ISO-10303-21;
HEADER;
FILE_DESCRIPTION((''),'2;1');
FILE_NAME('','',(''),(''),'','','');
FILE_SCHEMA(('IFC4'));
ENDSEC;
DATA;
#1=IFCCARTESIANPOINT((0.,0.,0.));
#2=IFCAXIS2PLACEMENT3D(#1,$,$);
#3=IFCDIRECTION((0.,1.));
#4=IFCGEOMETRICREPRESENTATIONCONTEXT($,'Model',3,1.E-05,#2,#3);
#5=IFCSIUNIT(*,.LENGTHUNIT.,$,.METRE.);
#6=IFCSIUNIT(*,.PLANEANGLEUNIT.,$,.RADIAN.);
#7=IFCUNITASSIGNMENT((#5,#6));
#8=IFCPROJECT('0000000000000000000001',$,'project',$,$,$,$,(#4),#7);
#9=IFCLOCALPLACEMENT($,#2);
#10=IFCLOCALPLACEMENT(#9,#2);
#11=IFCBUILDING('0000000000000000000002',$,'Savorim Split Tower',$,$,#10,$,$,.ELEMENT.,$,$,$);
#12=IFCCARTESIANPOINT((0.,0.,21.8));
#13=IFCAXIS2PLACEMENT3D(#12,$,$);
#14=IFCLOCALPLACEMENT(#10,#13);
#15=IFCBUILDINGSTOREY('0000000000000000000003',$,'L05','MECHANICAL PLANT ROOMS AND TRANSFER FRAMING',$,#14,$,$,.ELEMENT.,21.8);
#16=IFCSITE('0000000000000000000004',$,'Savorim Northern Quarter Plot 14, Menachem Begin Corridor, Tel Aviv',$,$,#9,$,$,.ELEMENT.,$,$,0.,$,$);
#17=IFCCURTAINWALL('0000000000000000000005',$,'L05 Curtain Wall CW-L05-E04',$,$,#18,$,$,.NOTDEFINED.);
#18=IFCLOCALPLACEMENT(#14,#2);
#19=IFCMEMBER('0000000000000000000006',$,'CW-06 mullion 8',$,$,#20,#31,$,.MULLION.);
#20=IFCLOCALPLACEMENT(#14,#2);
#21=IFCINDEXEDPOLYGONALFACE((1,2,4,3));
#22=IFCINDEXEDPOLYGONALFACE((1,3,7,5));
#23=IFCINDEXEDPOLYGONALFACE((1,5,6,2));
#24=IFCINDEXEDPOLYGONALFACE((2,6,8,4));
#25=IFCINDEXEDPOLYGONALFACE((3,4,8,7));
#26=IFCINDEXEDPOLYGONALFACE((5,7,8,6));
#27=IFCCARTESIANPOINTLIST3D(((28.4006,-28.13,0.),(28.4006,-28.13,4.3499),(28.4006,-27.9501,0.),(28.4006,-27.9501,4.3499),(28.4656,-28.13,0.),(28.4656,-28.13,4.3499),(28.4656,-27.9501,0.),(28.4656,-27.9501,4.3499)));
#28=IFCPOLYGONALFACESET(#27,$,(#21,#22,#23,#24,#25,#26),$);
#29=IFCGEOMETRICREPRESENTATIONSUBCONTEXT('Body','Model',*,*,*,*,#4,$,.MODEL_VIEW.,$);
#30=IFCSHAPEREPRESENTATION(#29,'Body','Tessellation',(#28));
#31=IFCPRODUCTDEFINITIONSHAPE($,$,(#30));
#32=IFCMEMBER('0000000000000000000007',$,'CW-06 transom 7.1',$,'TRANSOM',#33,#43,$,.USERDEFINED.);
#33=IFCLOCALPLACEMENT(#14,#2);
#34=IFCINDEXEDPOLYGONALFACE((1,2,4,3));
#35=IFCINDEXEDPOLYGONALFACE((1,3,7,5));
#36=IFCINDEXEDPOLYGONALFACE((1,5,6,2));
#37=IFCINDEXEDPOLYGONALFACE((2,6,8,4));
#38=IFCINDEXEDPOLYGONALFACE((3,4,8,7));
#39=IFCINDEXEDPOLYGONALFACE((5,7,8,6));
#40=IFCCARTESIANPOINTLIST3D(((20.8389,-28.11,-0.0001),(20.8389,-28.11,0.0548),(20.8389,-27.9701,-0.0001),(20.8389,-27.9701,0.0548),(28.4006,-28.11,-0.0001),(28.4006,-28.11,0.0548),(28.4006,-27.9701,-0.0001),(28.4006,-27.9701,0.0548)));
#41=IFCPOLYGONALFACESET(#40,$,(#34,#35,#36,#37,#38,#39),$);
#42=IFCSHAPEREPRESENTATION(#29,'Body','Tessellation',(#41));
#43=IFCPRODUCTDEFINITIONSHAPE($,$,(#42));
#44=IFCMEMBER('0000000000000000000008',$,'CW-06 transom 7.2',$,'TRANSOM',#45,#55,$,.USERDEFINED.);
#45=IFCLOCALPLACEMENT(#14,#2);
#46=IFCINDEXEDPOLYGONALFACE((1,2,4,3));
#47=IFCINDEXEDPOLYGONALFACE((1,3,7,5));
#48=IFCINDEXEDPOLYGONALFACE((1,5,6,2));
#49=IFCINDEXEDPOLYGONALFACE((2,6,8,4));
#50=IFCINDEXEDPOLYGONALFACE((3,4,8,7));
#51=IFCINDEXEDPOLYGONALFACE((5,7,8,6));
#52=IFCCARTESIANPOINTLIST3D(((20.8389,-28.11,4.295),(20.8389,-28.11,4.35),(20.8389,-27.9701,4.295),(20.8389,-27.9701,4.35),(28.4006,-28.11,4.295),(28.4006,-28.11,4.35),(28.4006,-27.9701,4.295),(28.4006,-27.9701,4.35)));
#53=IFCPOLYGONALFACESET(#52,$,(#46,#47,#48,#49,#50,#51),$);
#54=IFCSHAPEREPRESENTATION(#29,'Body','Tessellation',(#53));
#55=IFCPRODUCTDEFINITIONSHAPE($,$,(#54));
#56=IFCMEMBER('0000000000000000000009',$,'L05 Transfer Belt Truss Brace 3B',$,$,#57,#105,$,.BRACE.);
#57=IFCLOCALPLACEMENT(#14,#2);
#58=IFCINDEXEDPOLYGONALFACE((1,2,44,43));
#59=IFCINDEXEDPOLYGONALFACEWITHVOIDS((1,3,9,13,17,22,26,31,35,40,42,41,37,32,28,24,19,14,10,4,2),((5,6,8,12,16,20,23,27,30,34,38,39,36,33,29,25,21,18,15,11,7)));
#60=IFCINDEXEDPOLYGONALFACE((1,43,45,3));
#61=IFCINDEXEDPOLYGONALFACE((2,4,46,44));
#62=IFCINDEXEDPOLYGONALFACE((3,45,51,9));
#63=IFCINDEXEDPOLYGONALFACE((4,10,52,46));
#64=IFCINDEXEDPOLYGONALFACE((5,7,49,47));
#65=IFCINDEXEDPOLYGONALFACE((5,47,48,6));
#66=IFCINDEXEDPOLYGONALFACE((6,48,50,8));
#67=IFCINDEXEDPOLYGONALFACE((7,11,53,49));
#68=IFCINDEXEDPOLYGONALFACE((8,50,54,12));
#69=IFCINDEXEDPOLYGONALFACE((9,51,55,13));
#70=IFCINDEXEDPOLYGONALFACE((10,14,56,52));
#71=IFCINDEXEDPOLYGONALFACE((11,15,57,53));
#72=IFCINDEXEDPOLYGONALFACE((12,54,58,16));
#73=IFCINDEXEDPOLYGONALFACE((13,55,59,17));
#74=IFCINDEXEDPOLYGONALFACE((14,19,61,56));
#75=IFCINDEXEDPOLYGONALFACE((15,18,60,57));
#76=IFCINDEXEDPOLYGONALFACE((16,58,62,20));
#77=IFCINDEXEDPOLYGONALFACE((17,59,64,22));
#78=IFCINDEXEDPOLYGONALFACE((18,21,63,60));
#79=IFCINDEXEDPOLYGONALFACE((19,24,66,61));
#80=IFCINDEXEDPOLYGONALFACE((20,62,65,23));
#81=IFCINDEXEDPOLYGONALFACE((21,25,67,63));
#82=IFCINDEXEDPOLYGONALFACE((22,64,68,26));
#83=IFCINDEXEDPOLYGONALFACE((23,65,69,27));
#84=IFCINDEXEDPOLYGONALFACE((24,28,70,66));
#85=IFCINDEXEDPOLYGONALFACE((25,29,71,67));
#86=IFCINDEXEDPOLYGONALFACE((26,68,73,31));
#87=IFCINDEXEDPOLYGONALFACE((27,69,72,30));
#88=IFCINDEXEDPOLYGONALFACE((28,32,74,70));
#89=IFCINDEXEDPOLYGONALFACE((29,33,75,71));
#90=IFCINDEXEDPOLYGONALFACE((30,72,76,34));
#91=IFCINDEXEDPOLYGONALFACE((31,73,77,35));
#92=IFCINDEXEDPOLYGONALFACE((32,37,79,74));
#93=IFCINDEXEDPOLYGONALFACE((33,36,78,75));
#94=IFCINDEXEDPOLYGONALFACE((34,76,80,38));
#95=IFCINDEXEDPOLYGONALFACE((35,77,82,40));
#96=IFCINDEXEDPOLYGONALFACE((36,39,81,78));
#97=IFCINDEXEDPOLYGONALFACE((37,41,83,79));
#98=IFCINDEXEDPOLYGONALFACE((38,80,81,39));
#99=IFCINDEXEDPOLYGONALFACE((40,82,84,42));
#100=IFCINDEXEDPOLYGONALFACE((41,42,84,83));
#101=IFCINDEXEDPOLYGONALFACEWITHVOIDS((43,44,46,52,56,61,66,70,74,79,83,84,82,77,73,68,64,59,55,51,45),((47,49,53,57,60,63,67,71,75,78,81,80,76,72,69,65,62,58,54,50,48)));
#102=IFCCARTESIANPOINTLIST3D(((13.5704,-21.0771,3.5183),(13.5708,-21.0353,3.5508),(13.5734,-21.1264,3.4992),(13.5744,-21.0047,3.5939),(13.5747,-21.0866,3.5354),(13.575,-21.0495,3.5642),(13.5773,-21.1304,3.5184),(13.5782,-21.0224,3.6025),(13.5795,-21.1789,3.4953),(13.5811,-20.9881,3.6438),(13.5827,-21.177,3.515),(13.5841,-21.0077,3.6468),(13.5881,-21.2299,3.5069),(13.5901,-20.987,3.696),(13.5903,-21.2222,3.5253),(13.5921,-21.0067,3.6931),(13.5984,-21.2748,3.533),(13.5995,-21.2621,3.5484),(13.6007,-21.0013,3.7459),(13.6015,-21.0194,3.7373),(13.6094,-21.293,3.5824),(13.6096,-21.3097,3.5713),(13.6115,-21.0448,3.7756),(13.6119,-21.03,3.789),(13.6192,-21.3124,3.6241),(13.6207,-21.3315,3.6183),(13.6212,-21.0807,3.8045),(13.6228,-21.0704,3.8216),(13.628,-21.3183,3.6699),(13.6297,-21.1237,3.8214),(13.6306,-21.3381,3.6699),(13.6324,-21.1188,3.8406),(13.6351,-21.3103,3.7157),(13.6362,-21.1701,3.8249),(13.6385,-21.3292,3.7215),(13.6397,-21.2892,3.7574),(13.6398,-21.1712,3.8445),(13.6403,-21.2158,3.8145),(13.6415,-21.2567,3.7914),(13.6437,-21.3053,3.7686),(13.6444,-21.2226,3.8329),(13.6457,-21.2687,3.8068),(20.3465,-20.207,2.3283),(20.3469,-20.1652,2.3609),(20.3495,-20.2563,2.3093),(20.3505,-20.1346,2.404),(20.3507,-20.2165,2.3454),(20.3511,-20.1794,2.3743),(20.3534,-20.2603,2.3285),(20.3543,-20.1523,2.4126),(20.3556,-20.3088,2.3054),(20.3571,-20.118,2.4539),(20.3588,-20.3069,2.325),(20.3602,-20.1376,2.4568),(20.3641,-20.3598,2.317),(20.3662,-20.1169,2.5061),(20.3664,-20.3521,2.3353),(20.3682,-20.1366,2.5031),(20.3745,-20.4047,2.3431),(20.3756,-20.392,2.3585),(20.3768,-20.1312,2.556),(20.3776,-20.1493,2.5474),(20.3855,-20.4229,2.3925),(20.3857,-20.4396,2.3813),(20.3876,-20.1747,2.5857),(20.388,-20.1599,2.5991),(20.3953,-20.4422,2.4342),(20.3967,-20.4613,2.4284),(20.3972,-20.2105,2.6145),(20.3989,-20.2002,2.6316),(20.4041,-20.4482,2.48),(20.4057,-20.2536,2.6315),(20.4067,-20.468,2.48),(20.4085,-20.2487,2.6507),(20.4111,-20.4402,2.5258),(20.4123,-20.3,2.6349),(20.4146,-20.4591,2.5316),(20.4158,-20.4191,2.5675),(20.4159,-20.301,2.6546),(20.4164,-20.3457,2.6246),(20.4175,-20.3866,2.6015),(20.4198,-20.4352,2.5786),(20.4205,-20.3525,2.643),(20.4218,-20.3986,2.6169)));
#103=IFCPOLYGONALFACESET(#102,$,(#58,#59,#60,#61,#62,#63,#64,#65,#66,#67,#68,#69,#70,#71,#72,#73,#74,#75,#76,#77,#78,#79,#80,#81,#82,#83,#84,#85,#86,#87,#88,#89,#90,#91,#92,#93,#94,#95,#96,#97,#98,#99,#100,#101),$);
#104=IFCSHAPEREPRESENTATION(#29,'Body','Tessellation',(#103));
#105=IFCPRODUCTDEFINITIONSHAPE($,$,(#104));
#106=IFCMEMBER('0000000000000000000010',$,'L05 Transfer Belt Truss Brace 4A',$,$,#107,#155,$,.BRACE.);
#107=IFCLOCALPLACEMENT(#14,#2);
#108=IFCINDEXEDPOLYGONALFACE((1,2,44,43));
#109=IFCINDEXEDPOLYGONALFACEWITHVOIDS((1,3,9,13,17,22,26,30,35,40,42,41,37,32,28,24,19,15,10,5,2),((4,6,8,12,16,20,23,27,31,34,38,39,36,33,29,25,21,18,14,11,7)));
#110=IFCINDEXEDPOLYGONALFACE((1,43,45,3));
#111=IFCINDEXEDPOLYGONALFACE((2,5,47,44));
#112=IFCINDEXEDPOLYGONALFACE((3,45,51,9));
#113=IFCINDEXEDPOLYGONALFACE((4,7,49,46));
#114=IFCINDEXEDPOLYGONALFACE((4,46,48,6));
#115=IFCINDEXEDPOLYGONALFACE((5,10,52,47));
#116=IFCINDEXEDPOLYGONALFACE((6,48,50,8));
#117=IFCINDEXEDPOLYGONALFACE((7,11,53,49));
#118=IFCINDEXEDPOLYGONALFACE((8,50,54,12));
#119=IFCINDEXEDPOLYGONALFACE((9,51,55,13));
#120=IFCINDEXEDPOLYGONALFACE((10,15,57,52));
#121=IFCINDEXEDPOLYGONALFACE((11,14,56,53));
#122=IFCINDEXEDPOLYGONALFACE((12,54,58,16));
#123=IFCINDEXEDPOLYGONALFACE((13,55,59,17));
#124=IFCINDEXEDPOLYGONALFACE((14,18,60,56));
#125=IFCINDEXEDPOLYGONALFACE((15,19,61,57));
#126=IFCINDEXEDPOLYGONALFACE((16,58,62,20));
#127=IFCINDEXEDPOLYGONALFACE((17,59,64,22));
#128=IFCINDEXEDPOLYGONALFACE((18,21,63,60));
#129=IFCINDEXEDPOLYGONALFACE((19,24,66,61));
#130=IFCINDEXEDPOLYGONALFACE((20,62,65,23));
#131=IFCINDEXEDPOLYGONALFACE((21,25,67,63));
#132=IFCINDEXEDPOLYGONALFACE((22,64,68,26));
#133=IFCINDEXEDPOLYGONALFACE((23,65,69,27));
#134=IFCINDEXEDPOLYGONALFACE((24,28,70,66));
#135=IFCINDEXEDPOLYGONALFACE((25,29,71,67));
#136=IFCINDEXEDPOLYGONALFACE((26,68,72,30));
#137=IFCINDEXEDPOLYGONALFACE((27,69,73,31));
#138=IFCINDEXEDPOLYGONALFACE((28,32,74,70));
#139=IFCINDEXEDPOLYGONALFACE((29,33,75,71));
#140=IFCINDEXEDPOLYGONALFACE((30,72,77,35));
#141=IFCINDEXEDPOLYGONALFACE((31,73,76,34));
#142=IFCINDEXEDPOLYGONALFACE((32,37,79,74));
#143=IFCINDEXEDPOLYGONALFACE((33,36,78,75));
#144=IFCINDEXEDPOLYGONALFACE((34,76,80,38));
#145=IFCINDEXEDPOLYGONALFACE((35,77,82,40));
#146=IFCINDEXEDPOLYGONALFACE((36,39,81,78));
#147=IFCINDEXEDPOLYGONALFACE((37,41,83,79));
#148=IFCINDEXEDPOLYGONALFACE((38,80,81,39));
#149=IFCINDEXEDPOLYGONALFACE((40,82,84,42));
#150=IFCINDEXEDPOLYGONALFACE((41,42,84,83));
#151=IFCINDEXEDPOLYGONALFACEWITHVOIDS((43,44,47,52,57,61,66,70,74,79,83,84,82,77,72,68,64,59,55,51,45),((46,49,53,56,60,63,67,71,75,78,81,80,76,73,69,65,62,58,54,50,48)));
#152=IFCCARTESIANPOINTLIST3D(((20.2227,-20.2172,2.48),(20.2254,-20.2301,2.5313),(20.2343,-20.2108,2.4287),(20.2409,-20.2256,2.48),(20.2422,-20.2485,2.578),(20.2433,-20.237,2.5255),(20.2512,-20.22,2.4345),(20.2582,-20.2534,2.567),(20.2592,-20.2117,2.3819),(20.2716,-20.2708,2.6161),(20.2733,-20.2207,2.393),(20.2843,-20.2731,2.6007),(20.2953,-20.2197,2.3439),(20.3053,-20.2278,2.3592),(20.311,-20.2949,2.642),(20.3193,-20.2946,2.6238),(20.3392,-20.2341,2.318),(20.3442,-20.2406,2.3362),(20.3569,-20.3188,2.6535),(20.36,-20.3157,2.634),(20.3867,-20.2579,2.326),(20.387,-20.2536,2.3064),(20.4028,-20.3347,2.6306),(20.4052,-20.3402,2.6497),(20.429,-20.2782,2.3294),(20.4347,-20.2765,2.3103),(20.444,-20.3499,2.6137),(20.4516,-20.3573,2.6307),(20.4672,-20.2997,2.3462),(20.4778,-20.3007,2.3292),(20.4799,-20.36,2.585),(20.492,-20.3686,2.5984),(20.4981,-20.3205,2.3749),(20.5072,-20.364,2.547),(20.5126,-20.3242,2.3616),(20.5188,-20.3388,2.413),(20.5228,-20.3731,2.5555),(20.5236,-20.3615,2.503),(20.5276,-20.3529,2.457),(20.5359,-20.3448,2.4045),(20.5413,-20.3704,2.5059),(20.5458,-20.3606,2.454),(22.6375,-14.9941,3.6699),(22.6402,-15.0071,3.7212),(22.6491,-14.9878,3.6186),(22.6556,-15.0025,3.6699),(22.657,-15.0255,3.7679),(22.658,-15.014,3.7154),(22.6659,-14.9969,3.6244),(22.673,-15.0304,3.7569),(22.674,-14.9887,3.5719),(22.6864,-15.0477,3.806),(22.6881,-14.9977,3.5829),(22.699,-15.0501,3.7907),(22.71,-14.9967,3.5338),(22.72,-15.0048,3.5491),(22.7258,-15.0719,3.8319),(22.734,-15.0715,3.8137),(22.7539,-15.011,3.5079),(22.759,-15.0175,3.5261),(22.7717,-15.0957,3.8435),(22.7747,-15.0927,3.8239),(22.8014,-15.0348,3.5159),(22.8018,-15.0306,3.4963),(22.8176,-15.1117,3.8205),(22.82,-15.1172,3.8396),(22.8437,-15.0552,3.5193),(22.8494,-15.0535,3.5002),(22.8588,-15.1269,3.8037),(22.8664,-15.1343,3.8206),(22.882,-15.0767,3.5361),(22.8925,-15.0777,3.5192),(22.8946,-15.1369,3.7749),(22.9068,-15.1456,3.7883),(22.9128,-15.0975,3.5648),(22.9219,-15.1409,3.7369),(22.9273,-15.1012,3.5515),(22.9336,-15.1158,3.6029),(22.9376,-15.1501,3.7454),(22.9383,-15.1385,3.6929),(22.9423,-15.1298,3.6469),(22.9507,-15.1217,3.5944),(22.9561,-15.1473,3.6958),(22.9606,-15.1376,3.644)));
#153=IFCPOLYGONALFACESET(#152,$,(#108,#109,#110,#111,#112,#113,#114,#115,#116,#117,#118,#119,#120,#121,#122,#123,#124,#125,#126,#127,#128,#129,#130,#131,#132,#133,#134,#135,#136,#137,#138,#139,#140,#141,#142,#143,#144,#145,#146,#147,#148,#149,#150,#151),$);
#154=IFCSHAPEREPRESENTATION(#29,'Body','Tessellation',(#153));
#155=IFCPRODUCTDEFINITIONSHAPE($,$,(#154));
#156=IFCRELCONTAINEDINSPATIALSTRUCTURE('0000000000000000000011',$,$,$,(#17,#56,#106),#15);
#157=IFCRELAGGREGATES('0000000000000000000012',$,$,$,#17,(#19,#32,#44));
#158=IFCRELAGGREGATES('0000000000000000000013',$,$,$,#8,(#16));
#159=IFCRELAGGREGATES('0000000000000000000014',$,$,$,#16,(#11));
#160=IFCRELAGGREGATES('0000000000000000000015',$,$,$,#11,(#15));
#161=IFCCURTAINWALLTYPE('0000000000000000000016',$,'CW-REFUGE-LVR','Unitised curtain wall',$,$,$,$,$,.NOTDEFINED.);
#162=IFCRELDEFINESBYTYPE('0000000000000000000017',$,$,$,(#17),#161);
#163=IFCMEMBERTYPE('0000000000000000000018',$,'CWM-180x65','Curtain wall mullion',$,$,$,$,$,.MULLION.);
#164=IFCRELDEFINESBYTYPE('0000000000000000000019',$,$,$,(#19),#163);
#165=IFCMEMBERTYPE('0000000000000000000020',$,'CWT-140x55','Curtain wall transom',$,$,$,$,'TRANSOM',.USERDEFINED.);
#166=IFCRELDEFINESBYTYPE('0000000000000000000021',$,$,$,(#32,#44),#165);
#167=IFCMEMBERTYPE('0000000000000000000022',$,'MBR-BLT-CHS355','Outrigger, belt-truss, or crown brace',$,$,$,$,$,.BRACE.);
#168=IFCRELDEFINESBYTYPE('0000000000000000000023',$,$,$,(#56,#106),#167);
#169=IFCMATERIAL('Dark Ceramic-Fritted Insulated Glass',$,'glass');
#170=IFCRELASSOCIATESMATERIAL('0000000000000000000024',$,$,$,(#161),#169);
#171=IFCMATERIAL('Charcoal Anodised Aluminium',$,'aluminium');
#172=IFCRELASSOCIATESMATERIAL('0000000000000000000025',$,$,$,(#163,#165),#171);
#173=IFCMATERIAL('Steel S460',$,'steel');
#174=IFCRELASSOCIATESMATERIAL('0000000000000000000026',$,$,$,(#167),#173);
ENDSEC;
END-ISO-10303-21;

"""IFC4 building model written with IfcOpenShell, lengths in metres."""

from ifc_helpers import new_model, si_unit, direction, frame, origin, origin_2d, place, context, subcontext, project, spatial, rectangle, hollow_circle, extrude, material, material_profile, profile_set, type_object, element, aggregate, save


model = new_model("IFC4")

# Units and contexts
model_context = context("Model", 3, precision=1e-05, world=origin(), true_north=direction((0.0, 1.0)))
body_context = subcontext(model_context, "Body", "Model", "MODEL_VIEW")
ifc_project = project(units=[si_unit("LENGTHUNIT", "METRE"), si_unit("PLANEANGLEUNIT", "RADIAN")], contexts=[model_context])

# Site, building, storey
site_placement = place(None, origin())
site = spatial("IfcSite", under=ifc_project, at=site_placement, Name="Savorim Northern Quarter Plot 14, Menachem Begin Corridor, Tel Aviv", CompositionType="ELEMENT", RefElevation=0.0)
building_placement = place(site_placement, origin())
building = spatial("IfcBuilding", under=site, at=building_placement, Name="Savorim Split Tower", CompositionType="ELEMENT")
storey_placement = place(building_placement, frame((0.0, 0.0, 21.8)))
storey = spatial("IfcBuildingStorey", under=building, at=storey_placement, Name="L05", Description="MECHANICAL PLANT ROOMS AND TRANSFER FRAMING", CompositionType="ELEMENT", Elevation=21.8)

# Shared definitions
ifc_material_1 = material(Name="Steel S460", Category="steel")

# Curtain wall, members
ifc_material_2 = material(Name="Dark Ceramic-Fritted Insulated Glass", Category="glass")
curtain_wall_type = type_object("IfcCurtainWallType", Name="CW-REFUGE-LVR", Description="Unitised curtain wall", PredefinedType="NOTDEFINED", material=ifc_material_2)
curtain_wall_placement = place(storey_placement, origin())
curtain_wall = element("IfcCurtainWall", 1, at=curtain_wall_placement, inside=storey, type_object=curtain_wall_type, Name="L05 Curtain Wall CW-L05-E04", PredefinedType="NOTDEFINED")
ifc_material_3 = material(Name="Charcoal Anodised Aluminium", Category="aluminium")
ifc_material_profile_1 = material_profile(ifc_material_3, rectangle(XDim=0.1799, YDim=0.0649, at=origin_2d()), Name="ALU-M 180x65")
ifc_profile_set_1 = profile_set([ifc_material_profile_1], Name="Charcoal Anodised Aluminium")
member_type_1 = type_object("IfcMemberType", Name="CWM-180x65", Description="Curtain wall mullion", PredefinedType="MULLION", material=ifc_profile_set_1)
member_1_placement = place(storey_placement, frame((28.4331, -28.04, 0.0), z_axis=(0.0, 0.0, 1.0), x_axis=(0.0, 1.0, 0.0)))
member_1 = element("IfcMember", 2, at=member_1_placement, type_object=member_type_1, Name="CW-06 mullion 8", PredefinedType="MULLION", context=body_context, shape_type="SweptSolid", body=[
    extrude(rectangle(XDim=0.1799, YDim=0.0649, at=origin_2d()), origin(), (0.0, 0.0, 1.0), 4.3499),
])
ifc_material_profile_2 = material_profile(ifc_material_3, rectangle(XDim=0.1399, YDim=0.0549, at=origin_2d()), Name="ALU-T 140x55")
ifc_profile_set_2 = profile_set([ifc_material_profile_2], Name="Charcoal Anodised Aluminium")
member_type_2 = type_object("IfcMemberType", Name="CWT-140x55", Description="Curtain wall transom", ElementType="TRANSOM", PredefinedType="USERDEFINED", material=ifc_profile_set_2)
member_2_placement = place(storey_placement, frame((20.8389, -28.04, 0.0273), z_axis=(1.0, 0.0, 0.0), x_axis=(0.0, 1.0, 0.0)))
member_2 = element("IfcMember", 3, at=member_2_placement, type_object=member_type_2, Name="CW-06 transom 7.1", ObjectType="TRANSOM", PredefinedType="USERDEFINED", context=body_context, shape_type="SweptSolid", body=[
    extrude(rectangle(XDim=0.1399, YDim=0.0549, at=origin_2d()), origin(), (0.0, 0.0, 1.0), 7.5618),
])
member_3_placement = place(storey_placement, frame((20.8389, -28.04, 4.3225), z_axis=(1.0, 0.0, 0.0), x_axis=(0.0, 1.0, 0.0)))
member_3 = element("IfcMember", 4, at=member_3_placement, type_object=member_type_2, Name="CW-06 transom 7.2", ObjectType="TRANSOM", PredefinedType="USERDEFINED", context=body_context, shape_type="SweptSolid", body=[
    extrude(rectangle(XDim=0.1399, YDim=0.0549, at=origin_2d()), origin(), (0.0, 0.0, 1.0), 7.5618),
])

# Members
ifc_material_profile_3 = material_profile(ifc_material_1, hollow_circle(Radius=0.1777, WallThickness=0.02, at=origin_2d()), Name="CHS 355.6x20")
ifc_profile_set_3 = profile_set([ifc_material_profile_3], Name="Steel S460")
member_type_3 = type_object("IfcMemberType", Name="MBR-BLT-CHS355", Description="Outrigger, belt-truss, or crown brace", PredefinedType="BRACE", material=ifc_profile_set_3)
member_4_placement = place(storey_placement, frame((20.384, -20.2917, 2.48), z_axis=(-0.977145, -0.125474, 0.171594), x_axis=(0.127364, -0.991856, 0.0)))
element("IfcMember", 5, at=member_4_placement, inside=storey, type_object=member_type_3, Name="L05 Transfer Belt Truss Brace 3B", PredefinedType="BRACE", context=body_context, shape_type="SweptSolid", body=[
    extrude(hollow_circle(Radius=0.1777, WallThickness=0.02, at=origin_2d()), origin(), (0.0, 0.0, 1.0), 6.9346),
])
for number, where, z_axis, x_axis, name in (
    (6, (20.384, -20.2917, 2.48), (0.410953, 0.888881, 0.202506), (-0.907687, 0.419647, 0.0), "L05 Transfer Belt Truss Brace 4A"),
):
    element("IfcMember", number, at=place(storey_placement, frame(where, z_axis=z_axis, x_axis=x_axis)), inside=storey, type_object=member_type_3, Name=name, PredefinedType="BRACE", context=body_context, shape_type="SweptSolid", body=[
        extrude(hollow_circle(Radius=0.1777, WallThickness=0.02, at=origin_2d()), origin(), (0.0, 0.0, 1.0), 5.876),
    ])

aggregate(curtain_wall, [member_1, member_2, member_3])

save(model, "model.ifc")
